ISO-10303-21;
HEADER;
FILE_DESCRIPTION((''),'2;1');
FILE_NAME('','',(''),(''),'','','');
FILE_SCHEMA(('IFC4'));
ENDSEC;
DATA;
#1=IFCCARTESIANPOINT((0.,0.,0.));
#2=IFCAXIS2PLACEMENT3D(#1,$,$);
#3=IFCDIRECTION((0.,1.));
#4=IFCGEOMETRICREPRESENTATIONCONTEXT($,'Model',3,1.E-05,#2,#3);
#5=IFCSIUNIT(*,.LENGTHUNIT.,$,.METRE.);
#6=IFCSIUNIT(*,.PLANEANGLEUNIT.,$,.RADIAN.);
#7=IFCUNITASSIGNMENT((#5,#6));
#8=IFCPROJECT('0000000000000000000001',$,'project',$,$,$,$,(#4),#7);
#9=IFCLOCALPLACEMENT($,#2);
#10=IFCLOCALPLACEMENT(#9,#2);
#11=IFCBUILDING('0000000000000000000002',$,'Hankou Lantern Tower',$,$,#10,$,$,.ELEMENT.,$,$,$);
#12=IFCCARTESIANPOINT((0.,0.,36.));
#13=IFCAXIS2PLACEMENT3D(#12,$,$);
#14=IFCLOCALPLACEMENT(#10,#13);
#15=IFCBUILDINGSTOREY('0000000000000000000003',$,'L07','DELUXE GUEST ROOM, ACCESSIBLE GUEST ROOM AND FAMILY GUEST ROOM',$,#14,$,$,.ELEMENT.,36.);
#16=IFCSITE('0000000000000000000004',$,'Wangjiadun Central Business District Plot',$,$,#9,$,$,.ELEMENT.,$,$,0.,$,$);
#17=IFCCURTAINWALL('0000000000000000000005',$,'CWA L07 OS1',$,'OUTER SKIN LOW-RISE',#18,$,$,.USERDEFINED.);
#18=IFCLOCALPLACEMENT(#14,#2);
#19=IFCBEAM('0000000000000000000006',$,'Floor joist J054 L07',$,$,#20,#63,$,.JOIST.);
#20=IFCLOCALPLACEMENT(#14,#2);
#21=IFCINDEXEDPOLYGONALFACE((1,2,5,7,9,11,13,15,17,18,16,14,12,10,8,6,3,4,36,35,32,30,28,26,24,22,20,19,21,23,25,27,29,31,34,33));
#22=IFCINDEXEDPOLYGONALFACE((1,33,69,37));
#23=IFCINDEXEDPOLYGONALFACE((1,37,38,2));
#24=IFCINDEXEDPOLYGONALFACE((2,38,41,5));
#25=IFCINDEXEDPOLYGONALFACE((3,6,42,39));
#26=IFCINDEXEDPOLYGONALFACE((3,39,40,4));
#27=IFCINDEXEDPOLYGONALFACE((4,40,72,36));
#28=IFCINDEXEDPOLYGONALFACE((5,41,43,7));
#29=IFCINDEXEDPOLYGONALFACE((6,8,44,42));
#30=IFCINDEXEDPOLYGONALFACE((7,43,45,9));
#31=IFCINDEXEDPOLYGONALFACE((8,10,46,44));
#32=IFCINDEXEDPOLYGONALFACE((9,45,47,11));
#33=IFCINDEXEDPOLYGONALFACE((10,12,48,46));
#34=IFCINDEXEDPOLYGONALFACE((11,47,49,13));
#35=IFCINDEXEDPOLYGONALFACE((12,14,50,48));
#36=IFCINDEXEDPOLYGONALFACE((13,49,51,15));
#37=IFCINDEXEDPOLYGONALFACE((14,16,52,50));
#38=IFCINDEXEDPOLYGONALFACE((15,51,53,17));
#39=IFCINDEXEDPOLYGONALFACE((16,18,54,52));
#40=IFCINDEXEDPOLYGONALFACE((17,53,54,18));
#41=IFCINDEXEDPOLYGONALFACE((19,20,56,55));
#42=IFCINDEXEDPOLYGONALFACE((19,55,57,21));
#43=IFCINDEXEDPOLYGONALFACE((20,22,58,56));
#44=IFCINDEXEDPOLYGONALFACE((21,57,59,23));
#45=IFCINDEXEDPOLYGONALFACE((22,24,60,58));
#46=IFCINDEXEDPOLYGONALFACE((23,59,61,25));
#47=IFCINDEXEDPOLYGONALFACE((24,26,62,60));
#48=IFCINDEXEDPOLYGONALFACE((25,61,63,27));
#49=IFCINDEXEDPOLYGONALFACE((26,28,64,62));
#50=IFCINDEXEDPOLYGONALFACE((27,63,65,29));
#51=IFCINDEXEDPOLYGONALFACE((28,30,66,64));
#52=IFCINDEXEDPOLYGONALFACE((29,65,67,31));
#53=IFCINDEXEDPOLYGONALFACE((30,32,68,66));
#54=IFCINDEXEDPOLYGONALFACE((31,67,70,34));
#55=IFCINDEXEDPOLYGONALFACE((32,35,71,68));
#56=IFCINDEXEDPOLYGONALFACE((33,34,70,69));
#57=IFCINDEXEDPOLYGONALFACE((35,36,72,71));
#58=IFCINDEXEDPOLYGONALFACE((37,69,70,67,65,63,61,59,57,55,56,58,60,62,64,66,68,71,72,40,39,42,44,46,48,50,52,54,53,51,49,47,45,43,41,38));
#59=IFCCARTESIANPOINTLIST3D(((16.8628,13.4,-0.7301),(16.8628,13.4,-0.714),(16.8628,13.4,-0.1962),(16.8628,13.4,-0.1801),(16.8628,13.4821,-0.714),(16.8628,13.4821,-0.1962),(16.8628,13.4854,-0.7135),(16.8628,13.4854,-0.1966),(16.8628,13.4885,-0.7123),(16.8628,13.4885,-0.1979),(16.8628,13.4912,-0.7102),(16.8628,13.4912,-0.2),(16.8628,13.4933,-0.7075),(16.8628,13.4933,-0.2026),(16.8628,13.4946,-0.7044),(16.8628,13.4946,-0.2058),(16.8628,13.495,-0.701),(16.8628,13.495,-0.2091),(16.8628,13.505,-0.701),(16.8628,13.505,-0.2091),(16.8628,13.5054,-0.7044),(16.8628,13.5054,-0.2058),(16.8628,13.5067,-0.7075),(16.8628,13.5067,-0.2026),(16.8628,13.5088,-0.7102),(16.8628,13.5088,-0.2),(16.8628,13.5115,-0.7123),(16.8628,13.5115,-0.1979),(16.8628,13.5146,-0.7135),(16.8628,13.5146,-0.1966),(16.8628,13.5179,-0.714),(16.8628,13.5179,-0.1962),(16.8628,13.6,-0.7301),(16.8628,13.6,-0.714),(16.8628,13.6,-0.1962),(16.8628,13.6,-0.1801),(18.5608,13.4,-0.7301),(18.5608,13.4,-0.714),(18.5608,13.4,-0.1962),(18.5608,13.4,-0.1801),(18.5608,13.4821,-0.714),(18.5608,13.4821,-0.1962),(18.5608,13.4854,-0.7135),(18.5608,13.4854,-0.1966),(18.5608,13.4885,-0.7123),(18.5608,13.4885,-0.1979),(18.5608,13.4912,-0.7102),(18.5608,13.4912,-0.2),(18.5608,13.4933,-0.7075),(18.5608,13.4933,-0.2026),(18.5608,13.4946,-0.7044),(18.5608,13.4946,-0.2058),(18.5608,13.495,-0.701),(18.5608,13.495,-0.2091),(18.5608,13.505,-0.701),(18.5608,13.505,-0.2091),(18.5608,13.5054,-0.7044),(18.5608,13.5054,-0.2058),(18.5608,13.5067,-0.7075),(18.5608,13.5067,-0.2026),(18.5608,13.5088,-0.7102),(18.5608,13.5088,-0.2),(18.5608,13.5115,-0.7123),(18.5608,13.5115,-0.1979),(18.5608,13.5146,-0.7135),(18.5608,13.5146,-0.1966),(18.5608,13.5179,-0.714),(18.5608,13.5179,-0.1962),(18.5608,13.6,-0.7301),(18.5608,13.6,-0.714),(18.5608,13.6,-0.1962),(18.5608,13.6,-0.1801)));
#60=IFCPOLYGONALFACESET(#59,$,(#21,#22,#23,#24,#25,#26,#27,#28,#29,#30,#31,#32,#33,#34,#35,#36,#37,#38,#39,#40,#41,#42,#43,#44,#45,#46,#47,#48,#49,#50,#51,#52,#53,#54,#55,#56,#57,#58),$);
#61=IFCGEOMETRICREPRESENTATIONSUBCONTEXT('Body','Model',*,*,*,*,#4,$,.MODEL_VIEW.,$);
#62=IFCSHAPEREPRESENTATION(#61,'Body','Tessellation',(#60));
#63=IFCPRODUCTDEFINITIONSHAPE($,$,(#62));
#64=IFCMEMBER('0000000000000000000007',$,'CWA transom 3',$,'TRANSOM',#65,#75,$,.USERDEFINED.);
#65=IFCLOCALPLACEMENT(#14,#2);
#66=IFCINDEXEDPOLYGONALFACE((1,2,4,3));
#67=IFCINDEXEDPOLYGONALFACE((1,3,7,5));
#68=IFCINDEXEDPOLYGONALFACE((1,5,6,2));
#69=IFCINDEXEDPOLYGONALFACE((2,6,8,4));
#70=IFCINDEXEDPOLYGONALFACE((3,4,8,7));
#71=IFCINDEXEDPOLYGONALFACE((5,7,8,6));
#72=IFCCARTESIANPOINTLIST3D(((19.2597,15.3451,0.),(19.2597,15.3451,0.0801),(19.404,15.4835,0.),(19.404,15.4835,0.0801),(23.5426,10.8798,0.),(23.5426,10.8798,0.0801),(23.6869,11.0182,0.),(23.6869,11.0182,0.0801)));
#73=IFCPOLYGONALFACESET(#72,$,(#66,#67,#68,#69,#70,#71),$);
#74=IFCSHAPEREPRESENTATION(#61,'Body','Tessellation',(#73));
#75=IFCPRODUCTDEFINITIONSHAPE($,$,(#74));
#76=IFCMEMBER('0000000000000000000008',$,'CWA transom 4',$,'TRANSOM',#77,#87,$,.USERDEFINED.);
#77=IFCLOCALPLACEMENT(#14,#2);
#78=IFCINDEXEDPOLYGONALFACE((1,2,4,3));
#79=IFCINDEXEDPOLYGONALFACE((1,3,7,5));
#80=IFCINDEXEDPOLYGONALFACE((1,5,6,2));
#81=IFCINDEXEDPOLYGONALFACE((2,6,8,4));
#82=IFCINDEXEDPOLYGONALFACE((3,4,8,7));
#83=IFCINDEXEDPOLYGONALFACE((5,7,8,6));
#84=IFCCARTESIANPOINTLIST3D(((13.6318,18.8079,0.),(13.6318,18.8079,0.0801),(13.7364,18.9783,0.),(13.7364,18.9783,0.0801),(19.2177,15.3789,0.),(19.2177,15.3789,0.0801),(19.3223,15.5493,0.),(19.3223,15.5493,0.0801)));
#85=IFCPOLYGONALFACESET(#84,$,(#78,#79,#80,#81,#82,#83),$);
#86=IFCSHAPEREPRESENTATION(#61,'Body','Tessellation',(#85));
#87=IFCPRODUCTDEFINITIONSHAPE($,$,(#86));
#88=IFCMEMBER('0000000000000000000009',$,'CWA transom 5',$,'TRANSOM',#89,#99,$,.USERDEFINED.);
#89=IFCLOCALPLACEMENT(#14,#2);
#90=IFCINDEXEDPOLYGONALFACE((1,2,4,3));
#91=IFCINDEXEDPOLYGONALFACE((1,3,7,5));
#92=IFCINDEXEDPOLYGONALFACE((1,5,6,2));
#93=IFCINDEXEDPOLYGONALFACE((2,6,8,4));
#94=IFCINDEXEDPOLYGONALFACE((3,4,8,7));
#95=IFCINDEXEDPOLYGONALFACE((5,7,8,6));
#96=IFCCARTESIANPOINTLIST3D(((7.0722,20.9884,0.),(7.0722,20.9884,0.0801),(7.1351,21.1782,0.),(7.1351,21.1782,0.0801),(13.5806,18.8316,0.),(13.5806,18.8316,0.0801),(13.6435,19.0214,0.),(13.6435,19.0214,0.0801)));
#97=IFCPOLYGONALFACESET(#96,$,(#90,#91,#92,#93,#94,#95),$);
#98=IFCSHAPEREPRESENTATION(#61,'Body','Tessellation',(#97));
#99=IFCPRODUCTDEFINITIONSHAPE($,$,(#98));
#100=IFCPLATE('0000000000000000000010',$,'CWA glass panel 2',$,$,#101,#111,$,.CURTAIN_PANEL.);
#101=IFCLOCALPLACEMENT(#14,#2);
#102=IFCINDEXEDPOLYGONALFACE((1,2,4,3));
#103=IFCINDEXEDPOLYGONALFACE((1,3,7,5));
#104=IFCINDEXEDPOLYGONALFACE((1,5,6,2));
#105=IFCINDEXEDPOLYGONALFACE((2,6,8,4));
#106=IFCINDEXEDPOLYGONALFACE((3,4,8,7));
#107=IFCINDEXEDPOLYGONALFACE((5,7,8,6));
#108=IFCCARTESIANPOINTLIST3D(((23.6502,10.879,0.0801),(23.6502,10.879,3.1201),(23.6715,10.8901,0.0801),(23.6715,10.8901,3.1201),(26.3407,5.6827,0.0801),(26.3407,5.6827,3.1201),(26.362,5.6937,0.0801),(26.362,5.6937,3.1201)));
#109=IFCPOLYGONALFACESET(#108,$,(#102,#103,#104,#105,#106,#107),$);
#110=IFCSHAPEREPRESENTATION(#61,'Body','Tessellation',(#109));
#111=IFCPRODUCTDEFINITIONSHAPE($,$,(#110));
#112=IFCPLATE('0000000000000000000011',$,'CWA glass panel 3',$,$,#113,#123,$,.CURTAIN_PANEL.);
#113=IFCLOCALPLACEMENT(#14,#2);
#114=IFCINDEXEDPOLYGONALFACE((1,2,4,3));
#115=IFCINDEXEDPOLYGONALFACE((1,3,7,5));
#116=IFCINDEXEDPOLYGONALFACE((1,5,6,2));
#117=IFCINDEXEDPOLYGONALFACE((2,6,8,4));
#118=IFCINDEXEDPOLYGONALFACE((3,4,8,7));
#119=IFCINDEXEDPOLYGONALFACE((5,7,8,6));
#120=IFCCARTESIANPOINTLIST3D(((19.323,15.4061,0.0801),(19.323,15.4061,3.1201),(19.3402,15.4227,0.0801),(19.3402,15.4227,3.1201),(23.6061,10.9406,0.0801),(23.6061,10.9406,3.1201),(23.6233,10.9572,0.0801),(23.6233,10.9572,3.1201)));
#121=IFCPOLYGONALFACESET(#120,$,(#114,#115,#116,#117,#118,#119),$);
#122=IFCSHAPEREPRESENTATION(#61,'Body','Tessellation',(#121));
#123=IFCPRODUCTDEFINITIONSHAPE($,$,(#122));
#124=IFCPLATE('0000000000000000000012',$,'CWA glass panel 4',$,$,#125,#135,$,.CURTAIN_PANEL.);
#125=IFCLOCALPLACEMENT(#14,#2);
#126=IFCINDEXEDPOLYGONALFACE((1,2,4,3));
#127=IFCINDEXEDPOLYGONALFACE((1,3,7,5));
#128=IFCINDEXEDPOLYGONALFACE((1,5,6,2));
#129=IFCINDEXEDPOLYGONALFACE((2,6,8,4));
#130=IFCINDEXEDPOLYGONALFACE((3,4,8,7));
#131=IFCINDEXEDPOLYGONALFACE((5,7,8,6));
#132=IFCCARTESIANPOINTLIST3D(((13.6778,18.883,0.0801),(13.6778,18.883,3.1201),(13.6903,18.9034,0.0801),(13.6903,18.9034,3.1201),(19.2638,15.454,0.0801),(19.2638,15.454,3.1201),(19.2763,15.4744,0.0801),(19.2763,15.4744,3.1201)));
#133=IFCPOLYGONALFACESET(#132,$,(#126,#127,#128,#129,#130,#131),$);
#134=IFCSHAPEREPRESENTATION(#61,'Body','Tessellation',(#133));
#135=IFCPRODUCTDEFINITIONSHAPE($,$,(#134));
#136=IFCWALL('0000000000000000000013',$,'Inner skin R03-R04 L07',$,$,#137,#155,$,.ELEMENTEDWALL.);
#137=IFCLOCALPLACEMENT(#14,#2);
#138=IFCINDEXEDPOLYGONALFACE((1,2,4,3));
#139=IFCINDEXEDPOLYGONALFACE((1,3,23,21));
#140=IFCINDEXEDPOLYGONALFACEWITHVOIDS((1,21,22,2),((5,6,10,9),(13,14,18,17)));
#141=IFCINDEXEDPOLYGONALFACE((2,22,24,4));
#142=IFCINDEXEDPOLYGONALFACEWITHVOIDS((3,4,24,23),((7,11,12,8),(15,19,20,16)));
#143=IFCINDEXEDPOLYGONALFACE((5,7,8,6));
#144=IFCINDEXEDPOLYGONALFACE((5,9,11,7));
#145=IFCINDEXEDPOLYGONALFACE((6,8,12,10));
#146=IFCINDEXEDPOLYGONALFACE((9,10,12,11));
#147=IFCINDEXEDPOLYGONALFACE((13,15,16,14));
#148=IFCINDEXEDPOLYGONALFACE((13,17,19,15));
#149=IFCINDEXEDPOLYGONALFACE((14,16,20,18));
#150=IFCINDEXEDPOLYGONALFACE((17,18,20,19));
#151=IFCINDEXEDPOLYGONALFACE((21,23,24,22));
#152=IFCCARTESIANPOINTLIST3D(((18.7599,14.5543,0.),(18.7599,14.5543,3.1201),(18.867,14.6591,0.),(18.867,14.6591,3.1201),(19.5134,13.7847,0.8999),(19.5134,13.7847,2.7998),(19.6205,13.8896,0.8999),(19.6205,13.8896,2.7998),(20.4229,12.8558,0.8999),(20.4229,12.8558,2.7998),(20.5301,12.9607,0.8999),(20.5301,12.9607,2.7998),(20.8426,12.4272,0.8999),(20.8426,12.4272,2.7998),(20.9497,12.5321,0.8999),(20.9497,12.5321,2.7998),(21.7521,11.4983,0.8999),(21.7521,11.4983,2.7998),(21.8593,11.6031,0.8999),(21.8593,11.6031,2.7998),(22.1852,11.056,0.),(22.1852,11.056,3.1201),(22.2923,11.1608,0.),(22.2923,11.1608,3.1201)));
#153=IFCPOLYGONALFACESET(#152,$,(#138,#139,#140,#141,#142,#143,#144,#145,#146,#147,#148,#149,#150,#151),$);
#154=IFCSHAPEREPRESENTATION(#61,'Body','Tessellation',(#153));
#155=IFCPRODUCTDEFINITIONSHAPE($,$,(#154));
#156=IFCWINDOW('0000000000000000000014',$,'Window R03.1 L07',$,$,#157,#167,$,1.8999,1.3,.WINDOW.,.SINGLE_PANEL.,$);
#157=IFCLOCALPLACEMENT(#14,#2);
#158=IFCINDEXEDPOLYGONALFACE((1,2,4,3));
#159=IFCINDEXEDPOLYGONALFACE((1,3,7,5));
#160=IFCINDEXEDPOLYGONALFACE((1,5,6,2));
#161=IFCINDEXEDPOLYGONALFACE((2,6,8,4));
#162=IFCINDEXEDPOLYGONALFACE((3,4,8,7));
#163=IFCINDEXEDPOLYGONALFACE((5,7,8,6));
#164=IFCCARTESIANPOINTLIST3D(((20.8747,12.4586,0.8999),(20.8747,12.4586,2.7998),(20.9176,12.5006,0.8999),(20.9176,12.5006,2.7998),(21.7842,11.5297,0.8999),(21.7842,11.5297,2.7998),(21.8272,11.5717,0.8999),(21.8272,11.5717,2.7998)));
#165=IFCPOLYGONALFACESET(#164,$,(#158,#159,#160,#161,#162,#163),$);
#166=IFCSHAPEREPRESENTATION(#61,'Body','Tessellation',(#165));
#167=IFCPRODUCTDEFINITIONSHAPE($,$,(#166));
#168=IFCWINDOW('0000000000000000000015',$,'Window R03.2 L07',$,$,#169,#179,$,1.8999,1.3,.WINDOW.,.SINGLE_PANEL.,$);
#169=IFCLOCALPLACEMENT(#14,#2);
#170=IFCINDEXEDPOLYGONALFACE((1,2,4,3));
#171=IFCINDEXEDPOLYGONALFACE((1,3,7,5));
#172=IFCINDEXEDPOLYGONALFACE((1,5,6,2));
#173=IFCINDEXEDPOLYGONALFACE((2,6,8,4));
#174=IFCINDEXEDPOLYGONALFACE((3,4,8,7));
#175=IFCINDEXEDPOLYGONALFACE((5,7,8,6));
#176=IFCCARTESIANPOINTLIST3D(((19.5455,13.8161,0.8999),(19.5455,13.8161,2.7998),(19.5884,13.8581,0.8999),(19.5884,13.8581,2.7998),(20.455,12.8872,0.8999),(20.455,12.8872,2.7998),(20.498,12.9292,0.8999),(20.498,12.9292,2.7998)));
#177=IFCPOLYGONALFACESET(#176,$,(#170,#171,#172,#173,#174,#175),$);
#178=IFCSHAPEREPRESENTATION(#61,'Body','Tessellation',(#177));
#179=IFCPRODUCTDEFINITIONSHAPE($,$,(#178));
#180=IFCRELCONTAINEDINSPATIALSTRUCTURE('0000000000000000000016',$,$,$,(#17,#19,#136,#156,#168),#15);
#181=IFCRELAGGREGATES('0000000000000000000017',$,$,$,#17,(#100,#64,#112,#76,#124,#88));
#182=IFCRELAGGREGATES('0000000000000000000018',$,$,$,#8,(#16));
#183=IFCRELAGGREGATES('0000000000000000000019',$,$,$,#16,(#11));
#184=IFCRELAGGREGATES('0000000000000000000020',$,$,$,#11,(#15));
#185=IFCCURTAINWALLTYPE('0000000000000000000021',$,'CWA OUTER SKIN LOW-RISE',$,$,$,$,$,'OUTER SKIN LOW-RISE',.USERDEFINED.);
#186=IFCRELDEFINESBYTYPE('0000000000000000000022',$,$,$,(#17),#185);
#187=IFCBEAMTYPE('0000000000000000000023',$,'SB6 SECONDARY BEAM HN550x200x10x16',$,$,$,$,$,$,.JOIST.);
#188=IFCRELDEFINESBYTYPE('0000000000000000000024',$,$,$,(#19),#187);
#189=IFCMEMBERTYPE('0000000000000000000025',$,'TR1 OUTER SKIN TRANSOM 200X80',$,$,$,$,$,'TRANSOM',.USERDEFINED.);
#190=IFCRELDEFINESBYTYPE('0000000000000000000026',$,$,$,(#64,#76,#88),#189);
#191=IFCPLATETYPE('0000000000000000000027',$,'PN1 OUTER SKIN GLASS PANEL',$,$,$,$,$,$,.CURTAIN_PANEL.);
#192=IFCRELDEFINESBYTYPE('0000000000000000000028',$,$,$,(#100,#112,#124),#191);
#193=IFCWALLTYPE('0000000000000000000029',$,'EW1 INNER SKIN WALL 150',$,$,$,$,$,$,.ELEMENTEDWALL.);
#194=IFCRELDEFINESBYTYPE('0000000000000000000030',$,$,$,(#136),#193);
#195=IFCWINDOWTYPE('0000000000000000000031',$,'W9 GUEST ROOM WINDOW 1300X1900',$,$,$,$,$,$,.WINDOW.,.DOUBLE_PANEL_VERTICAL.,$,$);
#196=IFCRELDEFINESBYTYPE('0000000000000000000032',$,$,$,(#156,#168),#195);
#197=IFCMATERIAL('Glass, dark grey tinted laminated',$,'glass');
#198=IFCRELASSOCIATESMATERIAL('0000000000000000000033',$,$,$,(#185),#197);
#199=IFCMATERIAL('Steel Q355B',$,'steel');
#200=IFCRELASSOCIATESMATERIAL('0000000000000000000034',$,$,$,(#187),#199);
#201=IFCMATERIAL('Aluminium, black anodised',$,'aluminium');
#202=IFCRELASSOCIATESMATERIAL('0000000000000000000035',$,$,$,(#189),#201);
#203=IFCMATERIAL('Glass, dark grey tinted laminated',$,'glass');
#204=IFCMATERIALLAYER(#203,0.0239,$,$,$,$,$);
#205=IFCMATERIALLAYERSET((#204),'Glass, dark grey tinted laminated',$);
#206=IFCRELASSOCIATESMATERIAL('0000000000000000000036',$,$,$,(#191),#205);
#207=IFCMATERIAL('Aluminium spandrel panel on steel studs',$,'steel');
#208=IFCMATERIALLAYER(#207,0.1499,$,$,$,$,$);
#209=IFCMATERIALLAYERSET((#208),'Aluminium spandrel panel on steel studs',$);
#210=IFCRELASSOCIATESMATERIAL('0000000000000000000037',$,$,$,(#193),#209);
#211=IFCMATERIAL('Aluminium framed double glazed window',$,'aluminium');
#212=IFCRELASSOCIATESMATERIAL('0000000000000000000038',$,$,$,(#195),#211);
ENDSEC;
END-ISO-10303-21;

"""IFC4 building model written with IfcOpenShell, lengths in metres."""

from ifc_helpers import new_model, si_unit, direction, frame, frame_2d, origin, origin_2d, place, context, subcontext, project, spatial, rectangle, i_section, extrude, material, layer, layer_set, material_profile, profile_set, type_object, element, fill, aggregate, save


model = new_model("IFC4")

# Units and contexts
model_context = context("Model", 3, precision=1e-05, world=origin(), true_north=direction((0.0, 1.0)))
body_context = subcontext(model_context, "Body", "Model", "MODEL_VIEW")
ifc_project = project(units=[si_unit("LENGTHUNIT", "METRE"), si_unit("PLANEANGLEUNIT", "RADIAN")], contexts=[model_context])

# Site, building, storey
site_placement = place(None, origin())
site = spatial("IfcSite", under=ifc_project, at=site_placement, Name="Wangjiadun Central Business District Plot", CompositionType="ELEMENT", RefElevation=0.0)
building_placement = place(site_placement, origin())
building = spatial("IfcBuilding", under=site, at=building_placement, Name="Hankou Lantern Tower", CompositionType="ELEMENT")
storey_placement = place(building_placement, frame((0.0, 0.0, 36.0)))
storey = spatial("IfcBuildingStorey", under=building, at=storey_placement, Name="L07", Description="DELUXE GUEST ROOM, ACCESSIBLE GUEST ROOM AND FAMILY GUEST ROOM", CompositionType="ELEMENT", Elevation=36.0)

# Curtain wall
ifc_material_1 = material(Name="Glass, dark grey tinted laminated", Category="glass")
curtain_wall_type = type_object("IfcCurtainWallType", Name="CWA OUTER SKIN LOW-RISE", ElementType="OUTER SKIN LOW-RISE", PredefinedType="USERDEFINED", material=ifc_material_1)
curtain_wall_placement = place(storey_placement, origin())
curtain_wall = element("IfcCurtainWall", 1, at=curtain_wall_placement, inside=storey, type_object=curtain_wall_type, Name="CWA L07 OS1", ObjectType="OUTER SKIN LOW-RISE", PredefinedType="USERDEFINED")

# Beam
ifc_material_2 = material(Name="Steel Q355B", Category="steel")
ifc_material_profile_1 = material_profile(ifc_material_2, i_section(OverallWidth=0.2, OverallDepth=0.55, WebThickness=0.01, FlangeThickness=0.0161, FilletRadius=0.0129, at=origin_2d()), Name="HN550x200x10x16")
ifc_profile_set_1 = profile_set([ifc_material_profile_1], Name="Steel Q355B")
beam_type_1 = type_object("IfcBeamType", Name="SB6 SECONDARY BEAM HN550x200x10x16", PredefinedType="JOIST", material=ifc_profile_set_1)
beam_1_placement = place(storey_placement, frame((16.8628, 13.5, -0.4551), z_axis=(1.0, 0.0, 0.0), x_axis=(0.0, 1.0, 0.0)))
element("IfcBeam", 2, at=beam_1_placement, inside=storey, type_object=beam_type_1, Name="Floor joist J054 L07", PredefinedType="JOIST", context=body_context, shape_type="SweptSolid", body=[
    extrude(i_section(OverallWidth=0.2, OverallDepth=0.55, WebThickness=0.01, FlangeThickness=0.0161, FilletRadius=0.0129, at=origin_2d()), origin(), (0.0, 0.0, 1.0), 1.698),
])

# Members
ifc_material_3 = material(Name="Aluminium, black anodised", Category="aluminium")
ifc_material_profile_2 = material_profile(ifc_material_3, rectangle(XDim=0.2, YDim=0.0801, at=origin_2d()), Name="TR1 200X80")
ifc_profile_set_2 = profile_set([ifc_material_profile_2], Name="Aluminium, black anodised")
member_type_1 = type_object("IfcMemberType", Name="TR1 OUTER SKIN TRANSOM 200X80", ElementType="TRANSOM", PredefinedType="USERDEFINED", material=ifc_profile_set_2)
member_1_placement = place(storey_placement, frame((23.6147, 10.949, 0.04), z_axis=(-0.692216, 0.721691, 0.0), x_axis=(-0.721691, -0.692216, 0.0)))
member_1 = element("IfcMember", 3, at=member_1_placement, type_object=member_type_1, Name="CWA transom 3", ObjectType="TRANSOM", PredefinedType="USERDEFINED", context=body_context, shape_type="SweptSolid", body=[
    extrude(rectangle(XDim=0.2, YDim=0.0801, at=origin_2d()), origin(), (0.0, 0.0, 1.0), 6.1873),
])
member_2_placement = place(storey_placement, frame((19.27, 15.4641, 0.04), z_axis=(-0.85224, 0.523152, 0.0), x_axis=(-0.523152, -0.85224, 0.0)))
member_2 = element("IfcMember", 4, at=member_2_placement, type_object=member_type_1, Name="CWA transom 4", ObjectType="TRANSOM", PredefinedType="USERDEFINED", context=body_context, shape_type="SweptSolid", body=[
    extrude(rectangle(XDim=0.2, YDim=0.0801, at=origin_2d()), origin(), (0.0, 0.0, 1.0), 6.5544),
])
member_3_placement = place(storey_placement, frame((13.6121, 18.9265, 0.04), z_axis=(-0.949237, 0.314561, 0.0), x_axis=(-0.314561, -0.949237, 0.0)))
member_3 = element("IfcMember", 5, at=member_3_placement, type_object=member_type_1, Name="CWA transom 5", ObjectType="TRANSOM", PredefinedType="USERDEFINED", context=body_context, shape_type="SweptSolid", body=[
    extrude(rectangle(XDim=0.2, YDim=0.0801, at=origin_2d()), origin(), (0.0, 0.0, 1.0), 6.8564),
])

# Plates
ifc_material_4 = material(Name="Glass, dark grey tinted laminated", Category="glass")
ifc_layer_1 = layer(ifc_material_4, 0.0239)
ifc_layer_set_1 = layer_set([ifc_layer_1], Name="Glass, dark grey tinted laminated")
plate_type = type_object("IfcPlateType", Name="PN1 OUTER SKIN GLASS PANEL", PredefinedType="CURTAIN_PANEL", material=ifc_layer_set_1)
plate_1_placement = place(storey_placement, frame((25.0061, 8.2864, 0.0801), z_axis=(0.0, 0.0, 1.0), x_axis=(-0.459791, 0.888027, 0.0)))
plate_1 = element("IfcPlate", 6, at=plate_1_placement, type_object=plate_type, Name="CWA glass panel 2", PredefinedType="CURTAIN_PANEL", context=body_context, shape_type="SweptSolid", body=[
    extrude(rectangle(XDim=5.8516, YDim=0.0239, at=origin_2d()), origin(), (0.0, 0.0, 1.0), 3.04),
])
plate_2_placement = place(storey_placement, frame((21.4731, 13.1816, 0.0801), z_axis=(0.0, 0.0, 1.0), x_axis=(-0.692216, 0.721691, 0.0)))
plate_2 = element("IfcPlate", 7, at=plate_2_placement, type_object=plate_type, Name="CWA glass panel 3", PredefinedType="CURTAIN_PANEL", context=body_context, shape_type="SweptSolid", body=[
    extrude(rectangle(XDim=6.1875, YDim=0.0239, at=origin_2d()), origin(), (0.0, 0.0, 1.0), 3.04),
])
plate_3_placement = place(storey_placement, frame((16.4771, 17.1787, 0.0801), z_axis=(0.0, 0.0, 1.0), x_axis=(-0.852237, 0.523156, 0.0)))
plate_3 = element("IfcPlate", 8, at=plate_3_placement, type_object=plate_type, Name="CWA glass panel 4", PredefinedType="CURTAIN_PANEL", context=body_context, shape_type="SweptSolid", body=[
    extrude(rectangle(XDim=6.5544, YDim=0.0239, at=origin_2d()), origin(), (0.0, 0.0, 1.0), 3.04),
])
aggregate(curtain_wall, [plate_1, member_1, plate_2, member_2, plate_3, member_3])

# Wall, openings, windows
ifc_material_5 = material(Name="Aluminium spandrel panel on steel studs", Category="steel")
ifc_layer_2 = layer(ifc_material_5, 0.1499)
ifc_layer_set_2 = layer_set([ifc_layer_2], Name="Aluminium spandrel panel on steel studs")
wall_type_1 = type_object("IfcWallType", Name="EW1 INNER SKIN WALL 150", PredefinedType="ELEMENTEDWALL", material=ifc_layer_set_2)
wall_1_placement = place(storey_placement, frame((22.2388, 11.1084, 0.0), z_axis=(0.0, 0.0, 1.0), x_axis=(-0.699613, 0.714522, 0.0)))
wall_1 = element("IfcWall", 9, at=wall_1_placement, inside=storey, type_object=wall_type_1, Name="Inner skin R03-R04 L07", PredefinedType="ELEMENTEDWALL", context=body_context, shape_type="SweptSolid", body=[
    extrude(rectangle(XDim=4.896, YDim=0.1499, at=frame_2d((2.448, 0.0))), origin(), (0.0, 0.0, 1.0), 3.1201),
])
opening_1_placement = place(wall_1_placement, frame((0.6191, 0.0, 0.8999)))
opening_1 = element("IfcOpeningElement", 10, at=opening_1_placement, cuts=wall_1, PredefinedType="OPENING", context=body_context, shape_type="SweptSolid", body=[
    extrude(rectangle(XDim=1.3, YDim=1.8999, at=frame_2d((0.6499, 0.95))), frame((0.0, 0.085, 0.0), z_axis=(0.0, -1.0, 0.0), x_axis=(1.0, 0.0, 0.0)), (0.0, 0.0, 1.0), 0.1699),
])
opening_2_placement = place(wall_1_placement, frame((2.519, 0.0, 0.8999)))
opening_2 = element("IfcOpeningElement", 11, at=opening_2_placement, cuts=wall_1, PredefinedType="OPENING", context=body_context, shape_type="SweptSolid", body=[
    extrude(rectangle(XDim=1.3, YDim=1.8999, at=frame_2d((0.6499, 0.95))), frame((0.0, 0.085, 0.0), z_axis=(0.0, -1.0, 0.0), x_axis=(1.0, 0.0, 0.0)), (0.0, 0.0, 1.0), 0.1699),
])
ifc_material_6 = material(Name="Aluminium framed double glazed window", Category="aluminium")
window_type = type_object("IfcWindowType", Name="W9 GUEST ROOM WINDOW 1300X1900", PartitioningType="DOUBLE_PANEL_VERTICAL", PredefinedType="WINDOW", material=ifc_material_6)
window_1_placement = place(opening_1_placement, origin())
window_1 = element("IfcWindow", 12, at=window_1_placement, inside=storey, type_object=window_type, Name="Window R03.1 L07", OverallHeight=1.8999, OverallWidth=1.3, PartitioningType="SINGLE_PANEL", PredefinedType="WINDOW", context=body_context, shape_type="SweptSolid", body=[
    extrude(rectangle(XDim=1.3, YDim=1.8999, at=frame_2d((0.6499, 0.95))), frame((0.0, 0.03, 0.0), z_axis=(0.0, -1.0, 0.0), x_axis=(1.0, 0.0, 0.0)), (0.0, 0.0, 1.0), 0.0601),
])
fill(opening_1, window_1)
window_2_placement = place(opening_2_placement, origin())
window_2 = element("IfcWindow", 13, at=window_2_placement, inside=storey, type_object=window_type, Name="Window R03.2 L07", OverallHeight=1.8999, OverallWidth=1.3, PartitioningType="SINGLE_PANEL", PredefinedType="WINDOW", context=body_context, shape_type="SweptSolid", body=[
    extrude(rectangle(XDim=1.3, YDim=1.8999, at=frame_2d((0.6499, 0.95))), frame((0.0, 0.03, 0.0), z_axis=(0.0, -1.0, 0.0), x_axis=(1.0, 0.0, 0.0)), (0.0, 0.0, 1.0), 0.0601),
])
fill(opening_2, window_2)

save(model, "model.ifc")
